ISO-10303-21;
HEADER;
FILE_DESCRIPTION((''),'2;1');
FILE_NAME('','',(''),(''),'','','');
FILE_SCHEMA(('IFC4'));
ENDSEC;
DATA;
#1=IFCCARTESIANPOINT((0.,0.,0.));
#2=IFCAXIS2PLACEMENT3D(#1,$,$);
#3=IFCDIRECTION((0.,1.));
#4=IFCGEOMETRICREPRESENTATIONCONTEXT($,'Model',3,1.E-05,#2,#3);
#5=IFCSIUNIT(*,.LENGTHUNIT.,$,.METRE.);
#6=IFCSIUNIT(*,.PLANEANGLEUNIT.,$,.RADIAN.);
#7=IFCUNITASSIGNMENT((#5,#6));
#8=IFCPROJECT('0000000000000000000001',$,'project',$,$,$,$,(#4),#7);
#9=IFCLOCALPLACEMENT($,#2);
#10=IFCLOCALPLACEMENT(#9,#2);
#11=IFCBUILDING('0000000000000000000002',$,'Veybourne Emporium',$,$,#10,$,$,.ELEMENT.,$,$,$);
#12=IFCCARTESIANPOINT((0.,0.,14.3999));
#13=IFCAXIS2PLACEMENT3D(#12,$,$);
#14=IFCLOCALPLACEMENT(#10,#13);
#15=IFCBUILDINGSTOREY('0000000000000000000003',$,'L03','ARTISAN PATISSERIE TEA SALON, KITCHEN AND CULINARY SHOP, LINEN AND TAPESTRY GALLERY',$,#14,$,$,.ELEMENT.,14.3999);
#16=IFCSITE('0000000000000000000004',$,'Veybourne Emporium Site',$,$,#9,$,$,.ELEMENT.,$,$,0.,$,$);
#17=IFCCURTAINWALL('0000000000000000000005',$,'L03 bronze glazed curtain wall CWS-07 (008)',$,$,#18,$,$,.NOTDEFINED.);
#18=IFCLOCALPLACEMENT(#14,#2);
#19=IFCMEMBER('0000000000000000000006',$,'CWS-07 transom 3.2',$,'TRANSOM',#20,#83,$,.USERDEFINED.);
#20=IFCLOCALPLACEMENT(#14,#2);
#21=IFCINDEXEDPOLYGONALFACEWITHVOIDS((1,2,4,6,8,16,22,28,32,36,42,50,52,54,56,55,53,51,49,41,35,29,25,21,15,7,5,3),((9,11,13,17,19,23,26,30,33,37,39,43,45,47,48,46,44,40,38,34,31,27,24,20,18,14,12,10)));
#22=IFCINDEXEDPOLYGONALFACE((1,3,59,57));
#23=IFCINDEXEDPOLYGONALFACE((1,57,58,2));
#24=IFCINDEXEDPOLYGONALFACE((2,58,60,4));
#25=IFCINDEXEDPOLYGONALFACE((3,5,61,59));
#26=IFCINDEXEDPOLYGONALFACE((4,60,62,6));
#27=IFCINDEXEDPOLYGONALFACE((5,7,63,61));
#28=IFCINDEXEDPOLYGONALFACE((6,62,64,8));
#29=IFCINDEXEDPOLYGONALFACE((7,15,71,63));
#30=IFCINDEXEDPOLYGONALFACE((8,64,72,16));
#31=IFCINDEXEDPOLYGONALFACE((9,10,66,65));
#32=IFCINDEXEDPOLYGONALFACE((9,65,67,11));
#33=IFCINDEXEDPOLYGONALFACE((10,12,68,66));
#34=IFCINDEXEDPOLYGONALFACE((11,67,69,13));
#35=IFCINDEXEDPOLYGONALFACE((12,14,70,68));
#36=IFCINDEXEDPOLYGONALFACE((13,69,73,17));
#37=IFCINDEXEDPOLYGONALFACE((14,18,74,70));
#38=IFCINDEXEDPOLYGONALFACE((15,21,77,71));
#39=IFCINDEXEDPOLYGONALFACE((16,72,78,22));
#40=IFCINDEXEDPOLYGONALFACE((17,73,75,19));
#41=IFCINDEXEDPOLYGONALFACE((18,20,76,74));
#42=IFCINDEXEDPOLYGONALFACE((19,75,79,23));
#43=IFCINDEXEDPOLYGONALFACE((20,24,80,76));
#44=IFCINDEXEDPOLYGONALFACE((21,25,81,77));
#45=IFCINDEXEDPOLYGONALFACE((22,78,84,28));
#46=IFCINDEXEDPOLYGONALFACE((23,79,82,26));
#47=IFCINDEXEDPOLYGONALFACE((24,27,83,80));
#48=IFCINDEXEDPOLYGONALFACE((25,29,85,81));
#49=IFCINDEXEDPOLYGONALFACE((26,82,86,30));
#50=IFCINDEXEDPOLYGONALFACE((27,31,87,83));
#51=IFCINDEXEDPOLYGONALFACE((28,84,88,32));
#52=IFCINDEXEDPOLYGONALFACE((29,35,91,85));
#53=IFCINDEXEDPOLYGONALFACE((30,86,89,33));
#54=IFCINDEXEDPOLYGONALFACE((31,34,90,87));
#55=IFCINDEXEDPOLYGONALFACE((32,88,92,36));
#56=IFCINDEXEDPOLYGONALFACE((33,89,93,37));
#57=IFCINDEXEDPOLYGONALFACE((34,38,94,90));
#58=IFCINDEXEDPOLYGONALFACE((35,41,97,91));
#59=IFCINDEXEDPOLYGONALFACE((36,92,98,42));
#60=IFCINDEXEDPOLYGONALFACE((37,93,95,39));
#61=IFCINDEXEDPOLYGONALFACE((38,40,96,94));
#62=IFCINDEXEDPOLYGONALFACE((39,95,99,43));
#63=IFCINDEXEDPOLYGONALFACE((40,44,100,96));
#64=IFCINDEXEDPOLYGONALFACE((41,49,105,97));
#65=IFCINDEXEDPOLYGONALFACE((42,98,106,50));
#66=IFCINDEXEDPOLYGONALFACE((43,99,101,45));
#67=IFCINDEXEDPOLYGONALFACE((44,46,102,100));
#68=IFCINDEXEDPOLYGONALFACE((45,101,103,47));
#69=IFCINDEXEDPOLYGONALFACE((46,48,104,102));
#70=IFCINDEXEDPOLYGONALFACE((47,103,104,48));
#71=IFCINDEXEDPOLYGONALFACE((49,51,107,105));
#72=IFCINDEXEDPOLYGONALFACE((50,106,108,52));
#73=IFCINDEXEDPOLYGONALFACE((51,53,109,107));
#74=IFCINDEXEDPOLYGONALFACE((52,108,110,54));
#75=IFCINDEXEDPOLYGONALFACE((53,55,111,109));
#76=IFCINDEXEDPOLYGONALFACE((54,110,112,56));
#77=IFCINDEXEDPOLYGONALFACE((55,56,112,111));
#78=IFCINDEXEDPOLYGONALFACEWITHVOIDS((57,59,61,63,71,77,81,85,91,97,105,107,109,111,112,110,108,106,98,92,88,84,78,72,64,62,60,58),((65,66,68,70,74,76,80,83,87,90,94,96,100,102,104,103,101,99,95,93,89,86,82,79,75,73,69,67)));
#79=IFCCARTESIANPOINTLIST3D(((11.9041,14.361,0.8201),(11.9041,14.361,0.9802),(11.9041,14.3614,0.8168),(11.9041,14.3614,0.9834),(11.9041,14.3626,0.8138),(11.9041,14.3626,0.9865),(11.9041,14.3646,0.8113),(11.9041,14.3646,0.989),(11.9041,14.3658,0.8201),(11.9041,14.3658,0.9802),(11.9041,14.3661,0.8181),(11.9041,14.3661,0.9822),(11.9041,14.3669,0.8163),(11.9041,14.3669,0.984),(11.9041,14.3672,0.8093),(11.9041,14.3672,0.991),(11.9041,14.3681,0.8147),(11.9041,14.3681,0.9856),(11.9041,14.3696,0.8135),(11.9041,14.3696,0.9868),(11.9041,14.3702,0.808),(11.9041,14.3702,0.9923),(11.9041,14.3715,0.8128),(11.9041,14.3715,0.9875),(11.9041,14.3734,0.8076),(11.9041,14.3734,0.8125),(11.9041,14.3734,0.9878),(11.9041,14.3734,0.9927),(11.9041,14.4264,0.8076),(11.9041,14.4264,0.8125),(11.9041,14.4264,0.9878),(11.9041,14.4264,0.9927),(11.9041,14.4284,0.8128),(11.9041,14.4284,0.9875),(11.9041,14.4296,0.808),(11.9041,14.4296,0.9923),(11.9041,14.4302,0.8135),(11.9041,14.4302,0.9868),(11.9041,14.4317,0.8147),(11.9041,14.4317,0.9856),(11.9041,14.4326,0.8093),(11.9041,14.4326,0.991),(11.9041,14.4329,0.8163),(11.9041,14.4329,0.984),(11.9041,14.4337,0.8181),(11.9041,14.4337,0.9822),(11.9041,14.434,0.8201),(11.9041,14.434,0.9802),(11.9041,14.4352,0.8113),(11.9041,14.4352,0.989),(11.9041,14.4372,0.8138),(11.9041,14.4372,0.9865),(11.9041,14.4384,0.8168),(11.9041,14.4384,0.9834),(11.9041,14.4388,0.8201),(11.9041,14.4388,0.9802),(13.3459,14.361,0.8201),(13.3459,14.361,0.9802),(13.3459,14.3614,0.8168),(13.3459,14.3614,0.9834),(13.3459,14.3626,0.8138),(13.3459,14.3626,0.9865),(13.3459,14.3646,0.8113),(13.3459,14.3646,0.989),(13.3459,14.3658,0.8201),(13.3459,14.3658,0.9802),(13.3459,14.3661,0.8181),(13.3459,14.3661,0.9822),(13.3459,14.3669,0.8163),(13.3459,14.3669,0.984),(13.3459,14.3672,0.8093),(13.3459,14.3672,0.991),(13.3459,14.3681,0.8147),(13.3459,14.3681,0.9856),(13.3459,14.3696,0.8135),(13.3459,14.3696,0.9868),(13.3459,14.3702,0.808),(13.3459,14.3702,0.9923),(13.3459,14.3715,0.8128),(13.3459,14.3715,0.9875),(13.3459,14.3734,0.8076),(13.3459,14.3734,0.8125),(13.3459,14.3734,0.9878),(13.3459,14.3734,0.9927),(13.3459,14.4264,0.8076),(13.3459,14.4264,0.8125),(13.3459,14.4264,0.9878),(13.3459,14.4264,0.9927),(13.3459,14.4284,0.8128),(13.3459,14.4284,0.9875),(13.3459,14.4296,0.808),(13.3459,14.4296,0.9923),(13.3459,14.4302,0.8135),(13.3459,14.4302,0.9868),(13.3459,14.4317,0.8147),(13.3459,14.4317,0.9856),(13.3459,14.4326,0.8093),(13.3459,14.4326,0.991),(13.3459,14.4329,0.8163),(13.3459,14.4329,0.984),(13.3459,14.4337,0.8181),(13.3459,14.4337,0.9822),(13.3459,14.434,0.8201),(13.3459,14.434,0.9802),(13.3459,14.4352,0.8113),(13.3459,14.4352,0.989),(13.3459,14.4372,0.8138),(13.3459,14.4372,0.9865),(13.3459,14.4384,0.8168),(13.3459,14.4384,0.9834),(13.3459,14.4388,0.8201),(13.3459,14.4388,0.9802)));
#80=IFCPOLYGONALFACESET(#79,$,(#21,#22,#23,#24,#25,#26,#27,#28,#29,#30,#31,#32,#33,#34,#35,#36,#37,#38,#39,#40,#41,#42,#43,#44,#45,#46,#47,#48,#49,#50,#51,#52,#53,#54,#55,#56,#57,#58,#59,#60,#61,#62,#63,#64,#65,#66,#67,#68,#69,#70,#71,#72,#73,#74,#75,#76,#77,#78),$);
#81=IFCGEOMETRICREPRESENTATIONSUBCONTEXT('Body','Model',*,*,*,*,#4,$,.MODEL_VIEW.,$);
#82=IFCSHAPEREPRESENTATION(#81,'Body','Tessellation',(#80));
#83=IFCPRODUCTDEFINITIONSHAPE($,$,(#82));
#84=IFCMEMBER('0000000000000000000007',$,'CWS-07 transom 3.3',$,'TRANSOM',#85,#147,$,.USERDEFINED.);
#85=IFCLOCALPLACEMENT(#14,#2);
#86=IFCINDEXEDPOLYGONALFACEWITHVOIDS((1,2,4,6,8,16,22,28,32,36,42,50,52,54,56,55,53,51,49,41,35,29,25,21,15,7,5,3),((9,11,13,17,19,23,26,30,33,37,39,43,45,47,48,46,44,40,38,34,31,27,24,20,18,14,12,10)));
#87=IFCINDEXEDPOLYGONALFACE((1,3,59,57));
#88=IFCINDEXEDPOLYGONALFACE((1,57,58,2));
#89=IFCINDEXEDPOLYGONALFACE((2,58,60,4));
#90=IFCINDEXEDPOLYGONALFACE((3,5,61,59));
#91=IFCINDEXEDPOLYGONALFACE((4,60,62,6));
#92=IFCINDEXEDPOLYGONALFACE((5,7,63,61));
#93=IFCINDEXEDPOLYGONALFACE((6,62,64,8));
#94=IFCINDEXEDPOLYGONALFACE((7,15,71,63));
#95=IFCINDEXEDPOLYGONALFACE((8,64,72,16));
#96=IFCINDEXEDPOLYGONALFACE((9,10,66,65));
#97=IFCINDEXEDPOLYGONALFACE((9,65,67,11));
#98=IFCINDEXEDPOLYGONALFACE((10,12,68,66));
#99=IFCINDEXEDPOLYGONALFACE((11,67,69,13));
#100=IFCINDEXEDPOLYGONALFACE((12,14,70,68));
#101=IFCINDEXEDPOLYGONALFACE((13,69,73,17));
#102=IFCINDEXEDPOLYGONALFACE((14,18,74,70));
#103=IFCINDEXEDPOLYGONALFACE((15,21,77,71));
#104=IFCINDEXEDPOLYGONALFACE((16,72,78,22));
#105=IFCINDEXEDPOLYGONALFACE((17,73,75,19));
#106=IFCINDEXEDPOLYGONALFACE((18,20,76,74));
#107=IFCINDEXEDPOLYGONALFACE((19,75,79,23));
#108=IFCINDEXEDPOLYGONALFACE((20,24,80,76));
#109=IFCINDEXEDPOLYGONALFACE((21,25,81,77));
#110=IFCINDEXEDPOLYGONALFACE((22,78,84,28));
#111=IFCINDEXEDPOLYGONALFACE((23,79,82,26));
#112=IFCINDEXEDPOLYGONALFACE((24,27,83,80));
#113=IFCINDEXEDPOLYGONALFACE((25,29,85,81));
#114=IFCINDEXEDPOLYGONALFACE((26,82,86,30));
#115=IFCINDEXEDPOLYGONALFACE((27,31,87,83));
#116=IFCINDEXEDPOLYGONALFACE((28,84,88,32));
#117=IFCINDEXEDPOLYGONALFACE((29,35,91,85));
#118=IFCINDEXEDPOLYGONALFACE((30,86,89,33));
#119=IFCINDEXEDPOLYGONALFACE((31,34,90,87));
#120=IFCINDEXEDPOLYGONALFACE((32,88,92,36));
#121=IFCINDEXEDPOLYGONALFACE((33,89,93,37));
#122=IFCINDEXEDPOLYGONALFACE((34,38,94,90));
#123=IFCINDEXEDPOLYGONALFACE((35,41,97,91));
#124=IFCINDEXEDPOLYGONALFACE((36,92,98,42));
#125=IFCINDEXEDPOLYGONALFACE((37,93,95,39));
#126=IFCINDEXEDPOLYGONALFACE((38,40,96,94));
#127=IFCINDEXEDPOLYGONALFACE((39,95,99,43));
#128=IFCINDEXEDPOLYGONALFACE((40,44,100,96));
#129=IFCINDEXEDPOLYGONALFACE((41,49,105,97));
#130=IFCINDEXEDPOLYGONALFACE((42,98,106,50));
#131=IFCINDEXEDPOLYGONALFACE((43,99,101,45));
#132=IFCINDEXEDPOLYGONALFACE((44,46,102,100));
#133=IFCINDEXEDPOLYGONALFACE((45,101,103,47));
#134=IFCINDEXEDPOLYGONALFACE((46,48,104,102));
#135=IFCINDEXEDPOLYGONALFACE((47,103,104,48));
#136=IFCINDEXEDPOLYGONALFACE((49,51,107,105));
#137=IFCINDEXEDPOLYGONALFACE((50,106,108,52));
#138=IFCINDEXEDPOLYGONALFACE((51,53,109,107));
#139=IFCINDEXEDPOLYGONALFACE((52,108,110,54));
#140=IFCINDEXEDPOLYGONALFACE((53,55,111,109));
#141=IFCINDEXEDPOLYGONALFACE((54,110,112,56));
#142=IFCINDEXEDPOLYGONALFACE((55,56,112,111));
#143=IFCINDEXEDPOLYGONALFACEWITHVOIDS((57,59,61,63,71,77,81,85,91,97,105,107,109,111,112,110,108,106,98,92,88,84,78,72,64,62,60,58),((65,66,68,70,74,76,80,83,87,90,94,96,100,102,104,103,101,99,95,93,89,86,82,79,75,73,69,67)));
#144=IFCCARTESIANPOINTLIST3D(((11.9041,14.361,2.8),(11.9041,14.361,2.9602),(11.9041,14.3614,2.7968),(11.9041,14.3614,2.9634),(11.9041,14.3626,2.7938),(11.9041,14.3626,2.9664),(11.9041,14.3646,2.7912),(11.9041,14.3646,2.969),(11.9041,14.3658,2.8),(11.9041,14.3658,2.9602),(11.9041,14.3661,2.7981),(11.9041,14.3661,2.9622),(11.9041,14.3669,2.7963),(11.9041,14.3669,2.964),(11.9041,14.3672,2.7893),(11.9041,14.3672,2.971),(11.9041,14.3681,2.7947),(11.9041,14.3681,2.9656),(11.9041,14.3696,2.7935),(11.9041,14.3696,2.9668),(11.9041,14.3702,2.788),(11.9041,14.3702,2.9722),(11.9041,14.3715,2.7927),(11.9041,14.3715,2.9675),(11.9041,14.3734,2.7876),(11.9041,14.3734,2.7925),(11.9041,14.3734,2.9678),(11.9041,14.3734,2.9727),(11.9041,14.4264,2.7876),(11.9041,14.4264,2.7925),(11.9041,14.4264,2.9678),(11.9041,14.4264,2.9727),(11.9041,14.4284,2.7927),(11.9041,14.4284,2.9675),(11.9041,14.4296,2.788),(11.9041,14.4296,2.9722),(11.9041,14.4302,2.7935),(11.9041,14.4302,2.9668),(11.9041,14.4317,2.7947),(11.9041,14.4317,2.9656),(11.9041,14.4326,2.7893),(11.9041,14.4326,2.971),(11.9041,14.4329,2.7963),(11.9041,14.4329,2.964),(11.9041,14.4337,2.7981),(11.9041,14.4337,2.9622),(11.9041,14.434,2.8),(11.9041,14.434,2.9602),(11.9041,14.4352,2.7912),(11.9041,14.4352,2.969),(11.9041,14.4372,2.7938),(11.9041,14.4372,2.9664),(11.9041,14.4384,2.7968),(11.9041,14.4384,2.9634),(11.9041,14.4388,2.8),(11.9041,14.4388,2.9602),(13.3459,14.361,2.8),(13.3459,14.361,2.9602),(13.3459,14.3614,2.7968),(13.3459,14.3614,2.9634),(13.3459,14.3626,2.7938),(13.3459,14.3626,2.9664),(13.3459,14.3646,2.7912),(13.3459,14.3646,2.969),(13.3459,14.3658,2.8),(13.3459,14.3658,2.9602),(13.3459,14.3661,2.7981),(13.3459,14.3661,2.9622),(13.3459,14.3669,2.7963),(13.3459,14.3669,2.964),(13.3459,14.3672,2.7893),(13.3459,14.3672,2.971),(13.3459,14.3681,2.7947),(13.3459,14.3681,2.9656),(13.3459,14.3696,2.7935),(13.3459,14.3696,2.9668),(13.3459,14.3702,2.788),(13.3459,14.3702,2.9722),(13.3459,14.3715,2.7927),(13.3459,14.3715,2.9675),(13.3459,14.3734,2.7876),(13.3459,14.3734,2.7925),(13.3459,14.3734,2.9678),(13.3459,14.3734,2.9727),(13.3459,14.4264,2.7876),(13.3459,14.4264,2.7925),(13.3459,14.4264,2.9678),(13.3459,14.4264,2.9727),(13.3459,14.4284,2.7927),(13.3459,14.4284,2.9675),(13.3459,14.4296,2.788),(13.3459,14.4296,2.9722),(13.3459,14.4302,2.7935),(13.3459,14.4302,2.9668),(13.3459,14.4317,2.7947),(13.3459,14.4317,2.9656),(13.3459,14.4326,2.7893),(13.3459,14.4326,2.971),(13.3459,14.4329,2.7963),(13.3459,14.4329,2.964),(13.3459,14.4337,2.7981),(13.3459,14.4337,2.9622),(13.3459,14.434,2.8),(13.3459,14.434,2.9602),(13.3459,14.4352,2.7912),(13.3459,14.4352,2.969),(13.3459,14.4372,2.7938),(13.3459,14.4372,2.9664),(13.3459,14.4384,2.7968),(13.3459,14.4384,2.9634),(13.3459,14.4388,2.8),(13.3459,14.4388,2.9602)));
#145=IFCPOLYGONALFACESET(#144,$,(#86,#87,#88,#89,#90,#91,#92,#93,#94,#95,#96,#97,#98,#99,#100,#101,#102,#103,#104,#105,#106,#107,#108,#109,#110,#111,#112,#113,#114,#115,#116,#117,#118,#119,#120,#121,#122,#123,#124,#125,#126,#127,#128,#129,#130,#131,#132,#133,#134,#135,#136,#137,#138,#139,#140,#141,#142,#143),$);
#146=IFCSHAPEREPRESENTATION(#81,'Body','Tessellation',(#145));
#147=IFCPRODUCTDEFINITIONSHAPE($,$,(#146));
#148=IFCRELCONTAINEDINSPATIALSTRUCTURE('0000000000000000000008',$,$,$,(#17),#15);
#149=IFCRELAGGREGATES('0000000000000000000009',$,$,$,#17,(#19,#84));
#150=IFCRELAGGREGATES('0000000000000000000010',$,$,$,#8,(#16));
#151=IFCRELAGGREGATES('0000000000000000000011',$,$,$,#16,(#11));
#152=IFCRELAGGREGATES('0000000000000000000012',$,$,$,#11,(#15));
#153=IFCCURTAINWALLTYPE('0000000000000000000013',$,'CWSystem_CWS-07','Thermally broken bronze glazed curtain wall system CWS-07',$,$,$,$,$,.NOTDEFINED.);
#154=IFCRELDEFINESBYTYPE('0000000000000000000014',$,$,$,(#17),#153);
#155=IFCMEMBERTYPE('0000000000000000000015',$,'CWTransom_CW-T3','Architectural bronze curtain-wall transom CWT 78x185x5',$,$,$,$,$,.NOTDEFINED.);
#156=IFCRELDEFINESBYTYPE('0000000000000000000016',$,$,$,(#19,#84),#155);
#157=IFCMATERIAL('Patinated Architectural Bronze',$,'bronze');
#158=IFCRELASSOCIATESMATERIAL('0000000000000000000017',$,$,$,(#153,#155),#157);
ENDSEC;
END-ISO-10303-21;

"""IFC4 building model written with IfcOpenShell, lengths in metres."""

from ifc_helpers import new_model, si_unit, direction, frame, origin, origin_2d, place, context, subcontext, project, spatial, hollow_rectangle, extrude, material, material_profile, profile_set, type_object, element, aggregate, save


model = new_model("IFC4")

# Units and contexts
model_context = context("Model", 3, precision=1e-05, world=origin(), true_north=direction((0.0, 1.0)))
body_context = subcontext(model_context, "Body", "Model", "MODEL_VIEW")
ifc_project = project(units=[si_unit("LENGTHUNIT", "METRE"), si_unit("PLANEANGLEUNIT", "RADIAN")], contexts=[model_context])

# Site, building, storey
site_placement = place(None, origin())
site = spatial("IfcSite", under=ifc_project, at=site_placement, Name="Veybourne Emporium Site", CompositionType="ELEMENT", RefElevation=0.0)
building_placement = place(site_placement, origin())
building = spatial("IfcBuilding", under=site, at=building_placement, Name="Veybourne Emporium", CompositionType="ELEMENT")
storey_placement = place(building_placement, frame((0.0, 0.0, 14.3999)))
storey = spatial("IfcBuildingStorey", under=building, at=storey_placement, Name="L03", Description="ARTISAN PATISSERIE TEA SALON, KITCHEN AND CULINARY SHOP, LINEN AND TAPESTRY GALLERY", CompositionType="ELEMENT", Elevation=14.3999)

# Shared definitions
ifc_material_1 = material(Name="Patinated Architectural Bronze", Category="bronze")

# Curtain wall, members
curtain_wall_type_1 = type_object("IfcCurtainWallType", Name="CWSystem_CWS-07", Description="Thermally broken bronze glazed curtain wall system CWS-07", PredefinedType="NOTDEFINED", material=ifc_material_1)
curtain_wall_1_placement = place(storey_placement, origin())
curtain_wall_1 = element("IfcCurtainWall", 1, at=curtain_wall_1_placement, inside=storey, type_object=curtain_wall_type_1, Name="L03 bronze glazed curtain wall CWS-07 (008)", PredefinedType="NOTDEFINED")
ifc_material_profile_1 = material_profile(ifc_material_1, hollow_rectangle(XDim=0.0779, YDim=0.1851, WallThickness=0.0049, InnerFilletRadius=0.0076, OuterFilletRadius=0.0125, at=origin_2d()), Name="CWT 78x185x5")
ifc_profile_set_1 = profile_set([ifc_material_profile_1], Name="Patinated Architectural Bronze")
member_type_1 = type_object("IfcMemberType", Name="CWTransom_CW-T3", Description="Architectural bronze curtain-wall transom CWT 78x185x5", PredefinedType="NOTDEFINED", material=ifc_profile_set_1)
member_1_placement = place(storey_placement, frame((13.3459, 14.3999, 0.9001), z_axis=(-1.0, 0.0, 0.0), x_axis=(0.0, -1.0, 0.0)))
member_1 = element("IfcMember", 2, at=member_1_placement, type_object=member_type_1, Name="CWS-07 transom 3.2", ObjectType="TRANSOM", PredefinedType="USERDEFINED", context=body_context, shape_type="SweptSolid", body=[
    extrude(hollow_rectangle(XDim=0.0779, YDim=0.1851, WallThickness=0.0049, InnerFilletRadius=0.0076, OuterFilletRadius=0.0125, at=origin_2d()), origin(), (0.0, 0.0, 1.0), 1.4419),
])
member_2_placement = place(storey_placement, frame((13.3459, 14.3999, 2.8801), z_axis=(-1.0, 0.0, 0.0), x_axis=(0.0, -1.0, 0.0)))
member_2 = element("IfcMember", 3, at=member_2_placement, type_object=member_type_1, Name="CWS-07 transom 3.3", ObjectType="TRANSOM", PredefinedType="USERDEFINED", context=body_context, shape_type="SweptSolid", body=[
    extrude(hollow_rectangle(XDim=0.0779, YDim=0.1851, WallThickness=0.0049, InnerFilletRadius=0.0076, OuterFilletRadius=0.0125, at=origin_2d()), origin(), (0.0, 0.0, 1.0), 1.4419),
])

aggregate(curtain_wall_1, [member_1, member_2])

save(model, "model.ifc")
